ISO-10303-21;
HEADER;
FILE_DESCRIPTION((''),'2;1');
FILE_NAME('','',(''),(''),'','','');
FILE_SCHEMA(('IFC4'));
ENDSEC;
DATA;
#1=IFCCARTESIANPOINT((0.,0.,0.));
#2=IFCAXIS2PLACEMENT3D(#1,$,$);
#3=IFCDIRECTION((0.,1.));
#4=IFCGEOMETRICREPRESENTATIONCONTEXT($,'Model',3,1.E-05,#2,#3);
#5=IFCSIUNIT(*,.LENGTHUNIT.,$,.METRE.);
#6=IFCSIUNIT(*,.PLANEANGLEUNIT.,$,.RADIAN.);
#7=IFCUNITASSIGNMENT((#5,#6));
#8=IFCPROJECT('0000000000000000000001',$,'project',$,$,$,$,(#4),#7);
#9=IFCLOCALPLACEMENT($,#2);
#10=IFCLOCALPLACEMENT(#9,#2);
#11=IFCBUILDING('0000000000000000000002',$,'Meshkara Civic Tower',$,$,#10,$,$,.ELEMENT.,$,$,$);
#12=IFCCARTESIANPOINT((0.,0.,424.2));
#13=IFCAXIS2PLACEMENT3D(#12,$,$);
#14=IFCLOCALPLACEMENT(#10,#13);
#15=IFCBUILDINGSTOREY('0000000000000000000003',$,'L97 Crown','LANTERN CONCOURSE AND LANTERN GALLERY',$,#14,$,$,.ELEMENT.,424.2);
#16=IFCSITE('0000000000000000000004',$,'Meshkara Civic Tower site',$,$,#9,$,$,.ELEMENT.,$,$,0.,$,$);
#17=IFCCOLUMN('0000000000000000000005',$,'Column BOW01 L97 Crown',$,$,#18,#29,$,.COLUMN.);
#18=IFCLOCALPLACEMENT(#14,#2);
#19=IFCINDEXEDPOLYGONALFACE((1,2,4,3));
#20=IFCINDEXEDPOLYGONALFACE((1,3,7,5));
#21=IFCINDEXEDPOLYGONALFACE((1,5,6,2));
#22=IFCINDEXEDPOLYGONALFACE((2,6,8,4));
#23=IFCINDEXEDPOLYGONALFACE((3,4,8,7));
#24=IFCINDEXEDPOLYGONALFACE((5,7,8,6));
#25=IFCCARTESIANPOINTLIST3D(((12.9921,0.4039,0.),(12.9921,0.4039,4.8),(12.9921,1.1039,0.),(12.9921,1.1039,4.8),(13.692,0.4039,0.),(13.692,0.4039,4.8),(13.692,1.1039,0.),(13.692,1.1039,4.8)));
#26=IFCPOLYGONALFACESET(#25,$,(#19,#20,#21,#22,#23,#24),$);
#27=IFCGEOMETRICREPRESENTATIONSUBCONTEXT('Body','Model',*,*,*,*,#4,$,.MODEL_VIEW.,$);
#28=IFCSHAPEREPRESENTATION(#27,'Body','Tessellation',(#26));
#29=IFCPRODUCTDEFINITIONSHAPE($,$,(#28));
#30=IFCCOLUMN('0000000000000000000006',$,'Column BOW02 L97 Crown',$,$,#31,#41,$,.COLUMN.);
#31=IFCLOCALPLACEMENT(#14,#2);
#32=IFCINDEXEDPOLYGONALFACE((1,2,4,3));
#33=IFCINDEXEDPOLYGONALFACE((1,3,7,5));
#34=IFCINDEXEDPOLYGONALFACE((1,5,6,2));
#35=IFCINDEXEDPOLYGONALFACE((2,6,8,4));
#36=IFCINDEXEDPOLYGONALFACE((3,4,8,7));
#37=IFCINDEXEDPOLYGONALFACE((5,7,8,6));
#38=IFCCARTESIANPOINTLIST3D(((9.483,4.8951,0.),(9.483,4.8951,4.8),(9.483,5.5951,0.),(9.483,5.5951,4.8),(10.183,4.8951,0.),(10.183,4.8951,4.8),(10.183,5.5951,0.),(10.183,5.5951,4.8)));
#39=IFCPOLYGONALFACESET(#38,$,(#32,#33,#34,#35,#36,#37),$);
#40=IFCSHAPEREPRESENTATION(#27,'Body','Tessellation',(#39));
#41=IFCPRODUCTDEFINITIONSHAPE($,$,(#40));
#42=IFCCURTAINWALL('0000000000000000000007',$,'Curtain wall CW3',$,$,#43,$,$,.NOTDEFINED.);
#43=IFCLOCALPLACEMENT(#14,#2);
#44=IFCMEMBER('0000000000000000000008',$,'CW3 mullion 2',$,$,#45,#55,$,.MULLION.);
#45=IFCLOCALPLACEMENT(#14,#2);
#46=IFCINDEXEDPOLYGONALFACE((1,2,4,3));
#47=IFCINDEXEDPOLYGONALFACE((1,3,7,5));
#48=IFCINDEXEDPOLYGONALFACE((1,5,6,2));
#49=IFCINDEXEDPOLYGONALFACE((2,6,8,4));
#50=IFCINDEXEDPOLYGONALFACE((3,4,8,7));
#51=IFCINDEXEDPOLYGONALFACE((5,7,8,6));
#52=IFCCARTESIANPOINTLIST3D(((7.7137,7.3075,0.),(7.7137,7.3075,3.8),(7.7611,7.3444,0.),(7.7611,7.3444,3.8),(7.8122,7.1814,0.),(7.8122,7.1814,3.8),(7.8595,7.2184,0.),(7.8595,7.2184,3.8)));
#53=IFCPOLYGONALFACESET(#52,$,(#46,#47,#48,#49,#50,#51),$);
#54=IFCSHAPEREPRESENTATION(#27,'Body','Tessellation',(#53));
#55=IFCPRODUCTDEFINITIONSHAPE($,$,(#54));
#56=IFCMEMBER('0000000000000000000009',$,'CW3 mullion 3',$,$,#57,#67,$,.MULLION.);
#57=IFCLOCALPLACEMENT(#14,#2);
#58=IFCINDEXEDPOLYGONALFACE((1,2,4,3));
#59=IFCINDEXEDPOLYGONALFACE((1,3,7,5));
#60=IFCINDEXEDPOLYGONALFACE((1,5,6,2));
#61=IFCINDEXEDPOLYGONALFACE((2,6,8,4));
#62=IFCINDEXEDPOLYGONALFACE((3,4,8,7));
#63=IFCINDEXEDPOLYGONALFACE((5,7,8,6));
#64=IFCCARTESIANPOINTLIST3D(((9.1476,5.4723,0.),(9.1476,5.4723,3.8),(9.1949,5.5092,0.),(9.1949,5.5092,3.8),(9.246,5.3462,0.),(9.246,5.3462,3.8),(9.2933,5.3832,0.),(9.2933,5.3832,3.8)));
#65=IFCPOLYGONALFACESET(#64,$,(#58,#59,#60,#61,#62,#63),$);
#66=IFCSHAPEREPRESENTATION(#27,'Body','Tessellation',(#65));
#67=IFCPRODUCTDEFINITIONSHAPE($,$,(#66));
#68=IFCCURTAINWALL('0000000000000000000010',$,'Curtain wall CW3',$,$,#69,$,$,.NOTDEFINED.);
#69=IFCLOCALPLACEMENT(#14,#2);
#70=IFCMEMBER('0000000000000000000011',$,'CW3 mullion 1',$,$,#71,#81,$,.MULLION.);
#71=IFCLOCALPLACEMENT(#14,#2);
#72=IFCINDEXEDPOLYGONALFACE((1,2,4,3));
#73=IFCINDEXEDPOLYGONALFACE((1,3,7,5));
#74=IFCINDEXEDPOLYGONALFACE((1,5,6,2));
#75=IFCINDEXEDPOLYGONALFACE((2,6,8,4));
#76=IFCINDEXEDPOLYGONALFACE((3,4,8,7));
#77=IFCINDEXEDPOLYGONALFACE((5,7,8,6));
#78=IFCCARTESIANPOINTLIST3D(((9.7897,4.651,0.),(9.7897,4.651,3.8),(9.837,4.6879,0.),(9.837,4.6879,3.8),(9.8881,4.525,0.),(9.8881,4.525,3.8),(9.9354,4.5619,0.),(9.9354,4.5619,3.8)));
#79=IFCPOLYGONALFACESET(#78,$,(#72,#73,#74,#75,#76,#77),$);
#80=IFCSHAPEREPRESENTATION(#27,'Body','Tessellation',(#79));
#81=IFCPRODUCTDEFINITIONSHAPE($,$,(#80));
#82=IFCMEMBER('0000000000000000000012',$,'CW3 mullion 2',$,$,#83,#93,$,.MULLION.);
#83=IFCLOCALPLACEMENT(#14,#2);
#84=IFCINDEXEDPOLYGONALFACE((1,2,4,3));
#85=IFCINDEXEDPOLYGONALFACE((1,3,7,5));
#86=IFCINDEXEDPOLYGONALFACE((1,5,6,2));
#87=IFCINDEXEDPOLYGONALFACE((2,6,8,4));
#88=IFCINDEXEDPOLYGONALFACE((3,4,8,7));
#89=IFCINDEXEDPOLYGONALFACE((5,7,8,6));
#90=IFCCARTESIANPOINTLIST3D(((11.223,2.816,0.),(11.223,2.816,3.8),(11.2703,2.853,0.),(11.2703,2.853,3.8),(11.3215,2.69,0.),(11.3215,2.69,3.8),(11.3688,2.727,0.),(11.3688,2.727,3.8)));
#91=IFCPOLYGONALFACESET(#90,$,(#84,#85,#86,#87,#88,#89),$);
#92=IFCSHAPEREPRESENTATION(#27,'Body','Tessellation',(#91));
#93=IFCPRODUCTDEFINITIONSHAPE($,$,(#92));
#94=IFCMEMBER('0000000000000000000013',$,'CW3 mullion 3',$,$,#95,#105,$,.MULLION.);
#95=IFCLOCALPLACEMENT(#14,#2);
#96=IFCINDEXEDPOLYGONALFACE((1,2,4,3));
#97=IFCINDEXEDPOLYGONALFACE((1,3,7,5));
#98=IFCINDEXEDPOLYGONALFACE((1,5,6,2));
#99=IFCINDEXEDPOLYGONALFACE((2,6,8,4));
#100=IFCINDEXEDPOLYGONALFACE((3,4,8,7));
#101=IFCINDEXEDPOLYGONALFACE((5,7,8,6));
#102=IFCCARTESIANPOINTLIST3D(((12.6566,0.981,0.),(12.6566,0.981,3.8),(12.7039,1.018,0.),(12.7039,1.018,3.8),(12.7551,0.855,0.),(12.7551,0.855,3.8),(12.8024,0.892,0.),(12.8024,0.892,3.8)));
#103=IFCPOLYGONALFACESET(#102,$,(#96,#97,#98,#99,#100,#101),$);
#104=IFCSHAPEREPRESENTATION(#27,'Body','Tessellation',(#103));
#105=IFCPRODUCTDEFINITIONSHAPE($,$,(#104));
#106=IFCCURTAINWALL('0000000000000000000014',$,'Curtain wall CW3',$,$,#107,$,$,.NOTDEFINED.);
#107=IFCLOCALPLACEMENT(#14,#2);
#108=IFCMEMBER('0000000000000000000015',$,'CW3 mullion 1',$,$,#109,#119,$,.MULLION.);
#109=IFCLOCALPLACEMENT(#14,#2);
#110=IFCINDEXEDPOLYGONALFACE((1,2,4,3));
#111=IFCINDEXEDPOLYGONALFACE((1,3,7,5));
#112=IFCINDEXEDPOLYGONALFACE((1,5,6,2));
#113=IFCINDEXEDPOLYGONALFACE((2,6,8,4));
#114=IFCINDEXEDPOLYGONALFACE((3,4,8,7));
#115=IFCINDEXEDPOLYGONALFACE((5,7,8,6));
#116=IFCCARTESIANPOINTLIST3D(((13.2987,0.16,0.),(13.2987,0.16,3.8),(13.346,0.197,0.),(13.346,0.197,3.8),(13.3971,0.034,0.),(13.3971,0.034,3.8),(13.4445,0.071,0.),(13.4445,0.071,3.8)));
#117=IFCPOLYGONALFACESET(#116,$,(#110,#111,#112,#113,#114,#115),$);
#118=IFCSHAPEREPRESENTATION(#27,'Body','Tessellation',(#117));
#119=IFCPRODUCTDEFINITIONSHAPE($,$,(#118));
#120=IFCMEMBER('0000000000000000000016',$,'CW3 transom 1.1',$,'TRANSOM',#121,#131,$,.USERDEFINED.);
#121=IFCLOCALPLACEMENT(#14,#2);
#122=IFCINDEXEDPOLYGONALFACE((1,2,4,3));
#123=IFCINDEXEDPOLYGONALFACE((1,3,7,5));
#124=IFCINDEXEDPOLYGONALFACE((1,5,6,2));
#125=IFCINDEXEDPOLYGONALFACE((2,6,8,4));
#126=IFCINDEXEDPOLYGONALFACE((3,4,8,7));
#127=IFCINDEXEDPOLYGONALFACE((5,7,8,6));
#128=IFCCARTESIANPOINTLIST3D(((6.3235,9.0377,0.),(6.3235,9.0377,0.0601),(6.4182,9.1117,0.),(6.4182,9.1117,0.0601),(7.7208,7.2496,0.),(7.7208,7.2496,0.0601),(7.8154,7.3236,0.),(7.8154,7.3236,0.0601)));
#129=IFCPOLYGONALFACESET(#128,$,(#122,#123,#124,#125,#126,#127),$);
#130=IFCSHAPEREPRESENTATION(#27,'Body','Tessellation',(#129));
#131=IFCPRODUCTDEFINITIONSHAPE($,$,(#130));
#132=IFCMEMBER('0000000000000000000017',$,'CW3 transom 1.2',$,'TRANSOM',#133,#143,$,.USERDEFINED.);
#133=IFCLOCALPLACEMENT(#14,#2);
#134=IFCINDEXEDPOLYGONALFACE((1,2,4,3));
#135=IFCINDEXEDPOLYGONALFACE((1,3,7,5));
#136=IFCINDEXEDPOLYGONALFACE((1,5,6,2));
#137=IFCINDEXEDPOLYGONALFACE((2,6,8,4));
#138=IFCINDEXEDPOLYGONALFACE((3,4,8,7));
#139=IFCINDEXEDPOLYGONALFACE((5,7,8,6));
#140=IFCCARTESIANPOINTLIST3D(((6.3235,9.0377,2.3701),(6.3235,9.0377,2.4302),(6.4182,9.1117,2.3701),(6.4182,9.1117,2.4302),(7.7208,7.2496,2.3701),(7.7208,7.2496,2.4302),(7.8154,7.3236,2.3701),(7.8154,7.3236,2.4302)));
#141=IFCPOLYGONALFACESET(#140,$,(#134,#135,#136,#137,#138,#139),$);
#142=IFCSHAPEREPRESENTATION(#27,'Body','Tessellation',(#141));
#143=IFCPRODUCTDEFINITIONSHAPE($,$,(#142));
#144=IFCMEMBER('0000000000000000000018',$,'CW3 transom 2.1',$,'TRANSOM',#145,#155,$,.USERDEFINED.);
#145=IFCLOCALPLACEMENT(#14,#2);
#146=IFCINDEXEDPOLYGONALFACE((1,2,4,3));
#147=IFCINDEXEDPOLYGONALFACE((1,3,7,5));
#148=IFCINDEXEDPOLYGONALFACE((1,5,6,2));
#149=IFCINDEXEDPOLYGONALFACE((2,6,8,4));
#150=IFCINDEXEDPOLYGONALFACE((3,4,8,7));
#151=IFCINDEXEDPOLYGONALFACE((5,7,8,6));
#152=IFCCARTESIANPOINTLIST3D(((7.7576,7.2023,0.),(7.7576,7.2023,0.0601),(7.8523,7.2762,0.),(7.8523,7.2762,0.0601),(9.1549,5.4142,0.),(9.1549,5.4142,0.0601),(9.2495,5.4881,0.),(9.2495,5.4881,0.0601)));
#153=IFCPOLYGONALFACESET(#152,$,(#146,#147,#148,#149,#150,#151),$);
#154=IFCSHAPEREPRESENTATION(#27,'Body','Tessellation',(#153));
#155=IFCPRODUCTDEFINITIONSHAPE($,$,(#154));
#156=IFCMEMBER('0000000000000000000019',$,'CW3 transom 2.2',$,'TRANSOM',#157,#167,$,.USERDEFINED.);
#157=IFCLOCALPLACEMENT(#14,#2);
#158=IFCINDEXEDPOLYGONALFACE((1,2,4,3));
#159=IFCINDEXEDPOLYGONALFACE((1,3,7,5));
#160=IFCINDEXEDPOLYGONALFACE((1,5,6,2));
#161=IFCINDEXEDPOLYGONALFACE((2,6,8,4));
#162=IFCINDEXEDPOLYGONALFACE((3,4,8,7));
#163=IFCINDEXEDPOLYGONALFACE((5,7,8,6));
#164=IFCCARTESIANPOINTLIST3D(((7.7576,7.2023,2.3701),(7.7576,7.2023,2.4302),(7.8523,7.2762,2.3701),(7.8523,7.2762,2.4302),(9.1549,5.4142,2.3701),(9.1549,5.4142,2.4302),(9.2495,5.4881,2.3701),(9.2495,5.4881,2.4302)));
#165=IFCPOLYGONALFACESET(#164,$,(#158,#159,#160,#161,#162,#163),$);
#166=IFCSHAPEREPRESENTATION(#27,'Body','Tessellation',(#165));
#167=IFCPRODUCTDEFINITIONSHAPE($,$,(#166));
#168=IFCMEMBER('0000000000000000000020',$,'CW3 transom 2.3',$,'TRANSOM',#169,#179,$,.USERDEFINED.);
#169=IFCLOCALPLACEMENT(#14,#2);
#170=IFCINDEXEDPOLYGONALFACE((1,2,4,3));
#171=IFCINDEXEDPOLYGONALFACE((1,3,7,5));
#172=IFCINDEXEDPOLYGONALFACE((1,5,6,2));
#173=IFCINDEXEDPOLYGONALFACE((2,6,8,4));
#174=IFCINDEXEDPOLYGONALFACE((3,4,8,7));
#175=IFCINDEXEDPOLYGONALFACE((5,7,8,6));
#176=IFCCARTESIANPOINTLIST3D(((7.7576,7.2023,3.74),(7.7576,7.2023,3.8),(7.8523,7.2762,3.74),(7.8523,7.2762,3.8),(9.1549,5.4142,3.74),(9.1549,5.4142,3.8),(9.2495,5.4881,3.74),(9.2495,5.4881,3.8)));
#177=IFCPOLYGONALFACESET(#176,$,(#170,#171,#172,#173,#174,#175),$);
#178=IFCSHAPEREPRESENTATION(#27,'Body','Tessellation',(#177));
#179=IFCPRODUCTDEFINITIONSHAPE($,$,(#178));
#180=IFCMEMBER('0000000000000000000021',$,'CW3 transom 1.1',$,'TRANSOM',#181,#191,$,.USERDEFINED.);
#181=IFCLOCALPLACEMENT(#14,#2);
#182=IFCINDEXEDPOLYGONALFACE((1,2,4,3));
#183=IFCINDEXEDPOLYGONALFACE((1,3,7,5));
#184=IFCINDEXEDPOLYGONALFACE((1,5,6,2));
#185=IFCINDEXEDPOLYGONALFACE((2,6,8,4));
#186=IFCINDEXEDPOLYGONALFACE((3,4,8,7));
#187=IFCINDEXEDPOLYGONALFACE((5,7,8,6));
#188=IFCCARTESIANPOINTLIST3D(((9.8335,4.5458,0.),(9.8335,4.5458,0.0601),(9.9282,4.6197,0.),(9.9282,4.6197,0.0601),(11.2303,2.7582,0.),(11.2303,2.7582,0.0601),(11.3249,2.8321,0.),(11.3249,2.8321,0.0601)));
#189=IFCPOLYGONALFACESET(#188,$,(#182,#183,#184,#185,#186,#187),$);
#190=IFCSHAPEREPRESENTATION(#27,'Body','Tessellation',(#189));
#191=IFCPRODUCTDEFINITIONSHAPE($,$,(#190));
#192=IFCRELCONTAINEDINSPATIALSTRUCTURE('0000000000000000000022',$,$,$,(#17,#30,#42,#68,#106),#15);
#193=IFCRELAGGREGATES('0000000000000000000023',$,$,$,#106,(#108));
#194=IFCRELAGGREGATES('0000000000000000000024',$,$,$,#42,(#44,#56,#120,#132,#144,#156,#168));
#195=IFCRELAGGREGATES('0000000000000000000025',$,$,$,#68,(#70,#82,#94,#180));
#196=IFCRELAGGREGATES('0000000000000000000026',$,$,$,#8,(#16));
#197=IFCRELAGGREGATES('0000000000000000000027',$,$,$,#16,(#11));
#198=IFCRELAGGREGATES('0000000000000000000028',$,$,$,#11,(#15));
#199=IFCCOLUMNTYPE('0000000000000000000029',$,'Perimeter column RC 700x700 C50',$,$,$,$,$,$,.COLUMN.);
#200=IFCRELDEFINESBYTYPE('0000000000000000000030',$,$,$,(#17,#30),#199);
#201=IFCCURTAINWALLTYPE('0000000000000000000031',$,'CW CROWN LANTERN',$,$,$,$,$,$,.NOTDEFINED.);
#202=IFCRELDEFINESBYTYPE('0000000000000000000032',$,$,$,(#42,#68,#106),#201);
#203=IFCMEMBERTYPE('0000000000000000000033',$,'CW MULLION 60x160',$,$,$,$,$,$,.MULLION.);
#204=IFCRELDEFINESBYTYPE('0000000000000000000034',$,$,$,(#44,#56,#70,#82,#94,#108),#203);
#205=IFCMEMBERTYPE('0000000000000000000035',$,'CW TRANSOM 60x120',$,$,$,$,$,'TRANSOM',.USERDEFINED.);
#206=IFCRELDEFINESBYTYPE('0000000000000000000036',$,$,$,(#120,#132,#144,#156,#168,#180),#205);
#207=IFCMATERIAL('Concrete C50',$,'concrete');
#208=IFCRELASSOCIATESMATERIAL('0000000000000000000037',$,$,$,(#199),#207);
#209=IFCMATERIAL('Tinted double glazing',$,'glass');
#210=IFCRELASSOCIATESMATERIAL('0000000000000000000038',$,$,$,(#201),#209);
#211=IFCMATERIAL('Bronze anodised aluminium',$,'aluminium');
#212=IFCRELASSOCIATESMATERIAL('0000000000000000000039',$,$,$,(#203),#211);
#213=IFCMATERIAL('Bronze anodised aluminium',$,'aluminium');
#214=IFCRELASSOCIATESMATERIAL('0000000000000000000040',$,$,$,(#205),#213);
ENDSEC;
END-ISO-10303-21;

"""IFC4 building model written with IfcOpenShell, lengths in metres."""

from ifc_helpers import new_model, si_unit, direction, frame, origin, origin_2d, place, context, subcontext, project, spatial, rectangle, extrude, material, material_profile, profile_set, type_object, element, aggregate, save


model = new_model("IFC4")

# Units and contexts
model_context = context("Model", 3, precision=1e-05, world=origin(), true_north=direction((0.0, 1.0)))
body_context = subcontext(model_context, "Body", "Model", "MODEL_VIEW")
ifc_project = project(units=[si_unit("LENGTHUNIT", "METRE"), si_unit("PLANEANGLEUNIT", "RADIAN")], contexts=[model_context])

# Site, building, storey
site_placement = place(None, origin())
site = spatial("IfcSite", under=ifc_project, at=site_placement, Name="Meshkara Civic Tower site", CompositionType="ELEMENT", RefElevation=0.0)
building_placement = place(site_placement, origin())
building = spatial("IfcBuilding", under=site, at=building_placement, Name="Meshkara Civic Tower", CompositionType="ELEMENT")
storey_placement = place(building_placement, frame((0.0, 0.0, 424.2)))
storey = spatial("IfcBuildingStorey", under=building, at=storey_placement, Name="L97 Crown", Description="LANTERN CONCOURSE AND LANTERN GALLERY", CompositionType="ELEMENT", Elevation=424.2)

# Columns
ifc_material_1 = material(Name="Concrete C50", Category="concrete")
ifc_material_profile_1 = material_profile(ifc_material_1, rectangle(XDim=0.7, YDim=0.7, at=origin_2d()))
ifc_profile_set_1 = profile_set([ifc_material_profile_1], Name="Concrete C50")
column_type = type_object("IfcColumnType", Name="Perimeter column RC 700x700 C50", PredefinedType="COLUMN", material=ifc_profile_set_1)
for number, where, z_axis, x_axis, name in (
    (1, (13.342, 0.7539, 0.0), (0.0, 0.0, 1.0), (1.0, 0.0, 0.0), "Column BOW01 L97 Crown"),
    (2, (9.833, 5.2451, 0.0), (0.0, 0.0, 1.0), (1.0, 0.0, 0.0), "Column BOW02 L97 Crown"),
):
    element("IfcColumn", number, at=place(storey_placement, frame(where, z_axis=z_axis, x_axis=x_axis)), inside=storey, type_object=column_type, Name=name, PredefinedType="COLUMN", context=body_context, shape_type="SweptSolid", body=[
        extrude(rectangle(XDim=0.7, YDim=0.7, at=origin_2d()), origin(), (0.0, 0.0, 1.0), 4.8),
    ])

# Curtain walls, members
ifc_material_2 = material(Name="Tinted double glazing", Category="glass")
curtain_wall_type = type_object("IfcCurtainWallType", Name="CW CROWN LANTERN", PredefinedType="NOTDEFINED", material=ifc_material_2)
curtain_wall_1_placement = place(storey_placement, origin())
curtain_wall_1 = element("IfcCurtainWall", 3, at=curtain_wall_1_placement, inside=storey, type_object=curtain_wall_type, Name="Curtain wall CW3", PredefinedType="NOTDEFINED")
ifc_material_3 = material(Name="Bronze anodised aluminium", Category="aluminium")
ifc_material_profile_2 = material_profile(ifc_material_3, rectangle(XDim=0.0601, YDim=0.1599, at=origin_2d()))
ifc_profile_set_2 = profile_set([ifc_material_profile_2], Name="Bronze anodised aluminium")
member_type_1 = type_object("IfcMemberType", Name="CW MULLION 60x160", PredefinedType="MULLION", material=ifc_profile_set_2)
member_1_placement = place(storey_placement, frame((7.7866, 7.2629, 0.0), z_axis=(0.0, 0.0, 1.0), x_axis=(0.787992, 0.615685, 0.0)))
member_1 = element("IfcMember", 4, at=member_1_placement, type_object=member_type_1, Name="CW3 mullion 2", PredefinedType="MULLION", context=body_context, shape_type="SweptSolid", body=[
    extrude(rectangle(XDim=0.0601, YDim=0.1599, at=origin_2d()), origin(), (0.0, 0.0, 1.0), 3.8),
])
member_2_placement = place(storey_placement, frame((9.2205, 5.4277, 0.0), z_axis=(0.0, 0.0, 1.0), x_axis=(0.787992, 0.615685, 0.0)))
member_2 = element("IfcMember", 5, at=member_2_placement, type_object=member_type_1, Name="CW3 mullion 3", PredefinedType="MULLION", context=body_context, shape_type="SweptSolid", body=[
    extrude(rectangle(XDim=0.0601, YDim=0.1599, at=origin_2d()), origin(), (0.0, 0.0, 1.0), 3.8),
])
curtain_wall_2_placement = place(storey_placement, origin())
curtain_wall_2 = element("IfcCurtainWall", 6, at=curtain_wall_2_placement, inside=storey, type_object=curtain_wall_type, Name="Curtain wall CW3", PredefinedType="NOTDEFINED")
member_3_placement = place(storey_placement, frame((9.8625, 4.6064, 0.0), z_axis=(0.0, 0.0, 1.0), x_axis=(0.788015, 0.615656, 0.0)))
member_3 = element("IfcMember", 7, at=member_3_placement, type_object=member_type_1, Name="CW3 mullion 1", PredefinedType="MULLION", context=body_context, shape_type="SweptSolid", body=[
    extrude(rectangle(XDim=0.0601, YDim=0.1599, at=origin_2d()), origin(), (0.0, 0.0, 1.0), 3.8),
])
member_4_placement = place(storey_placement, frame((11.2959, 2.7715, 0.0), z_axis=(0.0, 0.0, 1.0), x_axis=(0.788015, 0.615656, 0.0)))
member_4 = element("IfcMember", 8, at=member_4_placement, type_object=member_type_1, Name="CW3 mullion 2", PredefinedType="MULLION", context=body_context, shape_type="SweptSolid", body=[
    extrude(rectangle(XDim=0.0601, YDim=0.1599, at=origin_2d()), origin(), (0.0, 0.0, 1.0), 3.8),
])
member_5_placement = place(storey_placement, frame((12.7295, 0.9365, 0.0), z_axis=(0.0, 0.0, 1.0), x_axis=(0.788015, 0.615656, 0.0)))
member_5 = element("IfcMember", 9, at=member_5_placement, type_object=member_type_1, Name="CW3 mullion 3", PredefinedType="MULLION", context=body_context, shape_type="SweptSolid", body=[
    extrude(rectangle(XDim=0.0601, YDim=0.1599, at=origin_2d()), origin(), (0.0, 0.0, 1.0), 3.8),
])

# Curtain wall, member
curtain_wall_3_placement = place(storey_placement, origin())
curtain_wall_3 = element("IfcCurtainWall", 10, at=curtain_wall_3_placement, inside=storey, type_object=curtain_wall_type, Name="Curtain wall CW3", PredefinedType="NOTDEFINED")
member_6_placement = place(storey_placement, frame((13.3716, 0.1155, 0.0), z_axis=(0.0, 0.0, 1.0), x_axis=(0.788015, 0.615656, 0.0)))
member_6 = element("IfcMember", 11, at=member_6_placement, type_object=member_type_1, Name="CW3 mullion 1", PredefinedType="MULLION", context=body_context, shape_type="SweptSolid", body=[
    extrude(rectangle(XDim=0.0601, YDim=0.1599, at=origin_2d()), origin(), (0.0, 0.0, 1.0), 3.8),
])
aggregate(curtain_wall_3, [member_6])

# Members
ifc_material_4 = material(Name="Bronze anodised aluminium", Category="aluminium")
ifc_material_profile_3 = material_profile(ifc_material_4, rectangle(XDim=0.1201, YDim=0.0601, at=origin_2d()))
ifc_profile_set_3 = profile_set([ifc_material_profile_3], Name="Bronze anodised aluminium")
member_type_2 = type_object("IfcMemberType", Name="CW TRANSOM 60x120", ElementType="TRANSOM", PredefinedType="USERDEFINED", material=ifc_profile_set_3)
member_7_placement = place(storey_placement, frame((6.3708, 9.0747, 0.03), z_axis=(0.615719, -0.787966, 0.0), x_axis=(0.787966, 0.615719, 0.0)))
member_7 = element("IfcMember", 12, at=member_7_placement, type_object=member_type_2, Name="CW3 transom 1.1", ObjectType="TRANSOM", PredefinedType="USERDEFINED", context=body_context, shape_type="SweptSolid", body=[
    extrude(rectangle(XDim=0.1201, YDim=0.0601, at=origin_2d()), origin(), (0.0, 0.0, 1.0), 2.2693),
])
member_8_placement = place(storey_placement, frame((6.3708, 9.0747, 2.4001), z_axis=(0.615719, -0.787966, 0.0), x_axis=(0.787966, 0.615719, 0.0)))
member_8 = element("IfcMember", 13, at=member_8_placement, type_object=member_type_2, Name="CW3 transom 1.2", ObjectType="TRANSOM", PredefinedType="USERDEFINED", context=body_context, shape_type="SweptSolid", body=[
    extrude(rectangle(XDim=0.1201, YDim=0.0601, at=origin_2d()), origin(), (0.0, 0.0, 1.0), 2.2693),
])
member_9_placement = place(storey_placement, frame((7.8049, 7.2393, 0.03), z_axis=(0.615719, -0.787966, 0.0), x_axis=(0.787966, 0.615719, 0.0)))
member_9 = element("IfcMember", 14, at=member_9_placement, type_object=member_type_2, Name="CW3 transom 2.1", ObjectType="TRANSOM", PredefinedType="USERDEFINED", context=body_context, shape_type="SweptSolid", body=[
    extrude(rectangle(XDim=0.1201, YDim=0.0601, at=origin_2d()), origin(), (0.0, 0.0, 1.0), 2.2693),
])
member_10_placement = place(storey_placement, frame((7.8049, 7.2393, 2.4001), z_axis=(0.615719, -0.787966, 0.0), x_axis=(0.787966, 0.615719, 0.0)))
member_10 = element("IfcMember", 15, at=member_10_placement, type_object=member_type_2, Name="CW3 transom 2.2", ObjectType="TRANSOM", PredefinedType="USERDEFINED", context=body_context, shape_type="SweptSolid", body=[
    extrude(rectangle(XDim=0.1201, YDim=0.0601, at=origin_2d()), origin(), (0.0, 0.0, 1.0), 2.2693),
])
member_11_placement = place(storey_placement, frame((7.8049, 7.2393, 3.77), z_axis=(0.615719, -0.787966, 0.0), x_axis=(0.787966, 0.615719, 0.0)))
member_11 = element("IfcMember", 16, at=member_11_placement, type_object=member_type_2, Name="CW3 transom 2.3", ObjectType="TRANSOM", PredefinedType="USERDEFINED", context=body_context, shape_type="SweptSolid", body=[
    extrude(rectangle(XDim=0.1201, YDim=0.0601, at=origin_2d()), origin(), (0.0, 0.0, 1.0), 2.2693),
])
member_12_placement = place(storey_placement, frame((9.8809, 4.5828, 0.03), z_axis=(0.61569, -0.787988, 0.0), x_axis=(0.787988, 0.61569, 0.0)))
member_12 = element("IfcMember", 17, at=member_12_placement, type_object=member_type_2, Name="CW3 transom 1.1", ObjectType="TRANSOM", PredefinedType="USERDEFINED", context=body_context, shape_type="SweptSolid", body=[
    extrude(rectangle(XDim=0.1201, YDim=0.0601, at=origin_2d()), origin(), (0.0, 0.0, 1.0), 2.2686),
])

aggregate(curtain_wall_1, [member_1, member_2, member_7, member_8, member_9, member_10, member_11])
aggregate(curtain_wall_2, [member_3, member_4, member_5, member_12])

save(model, "model.ifc")
